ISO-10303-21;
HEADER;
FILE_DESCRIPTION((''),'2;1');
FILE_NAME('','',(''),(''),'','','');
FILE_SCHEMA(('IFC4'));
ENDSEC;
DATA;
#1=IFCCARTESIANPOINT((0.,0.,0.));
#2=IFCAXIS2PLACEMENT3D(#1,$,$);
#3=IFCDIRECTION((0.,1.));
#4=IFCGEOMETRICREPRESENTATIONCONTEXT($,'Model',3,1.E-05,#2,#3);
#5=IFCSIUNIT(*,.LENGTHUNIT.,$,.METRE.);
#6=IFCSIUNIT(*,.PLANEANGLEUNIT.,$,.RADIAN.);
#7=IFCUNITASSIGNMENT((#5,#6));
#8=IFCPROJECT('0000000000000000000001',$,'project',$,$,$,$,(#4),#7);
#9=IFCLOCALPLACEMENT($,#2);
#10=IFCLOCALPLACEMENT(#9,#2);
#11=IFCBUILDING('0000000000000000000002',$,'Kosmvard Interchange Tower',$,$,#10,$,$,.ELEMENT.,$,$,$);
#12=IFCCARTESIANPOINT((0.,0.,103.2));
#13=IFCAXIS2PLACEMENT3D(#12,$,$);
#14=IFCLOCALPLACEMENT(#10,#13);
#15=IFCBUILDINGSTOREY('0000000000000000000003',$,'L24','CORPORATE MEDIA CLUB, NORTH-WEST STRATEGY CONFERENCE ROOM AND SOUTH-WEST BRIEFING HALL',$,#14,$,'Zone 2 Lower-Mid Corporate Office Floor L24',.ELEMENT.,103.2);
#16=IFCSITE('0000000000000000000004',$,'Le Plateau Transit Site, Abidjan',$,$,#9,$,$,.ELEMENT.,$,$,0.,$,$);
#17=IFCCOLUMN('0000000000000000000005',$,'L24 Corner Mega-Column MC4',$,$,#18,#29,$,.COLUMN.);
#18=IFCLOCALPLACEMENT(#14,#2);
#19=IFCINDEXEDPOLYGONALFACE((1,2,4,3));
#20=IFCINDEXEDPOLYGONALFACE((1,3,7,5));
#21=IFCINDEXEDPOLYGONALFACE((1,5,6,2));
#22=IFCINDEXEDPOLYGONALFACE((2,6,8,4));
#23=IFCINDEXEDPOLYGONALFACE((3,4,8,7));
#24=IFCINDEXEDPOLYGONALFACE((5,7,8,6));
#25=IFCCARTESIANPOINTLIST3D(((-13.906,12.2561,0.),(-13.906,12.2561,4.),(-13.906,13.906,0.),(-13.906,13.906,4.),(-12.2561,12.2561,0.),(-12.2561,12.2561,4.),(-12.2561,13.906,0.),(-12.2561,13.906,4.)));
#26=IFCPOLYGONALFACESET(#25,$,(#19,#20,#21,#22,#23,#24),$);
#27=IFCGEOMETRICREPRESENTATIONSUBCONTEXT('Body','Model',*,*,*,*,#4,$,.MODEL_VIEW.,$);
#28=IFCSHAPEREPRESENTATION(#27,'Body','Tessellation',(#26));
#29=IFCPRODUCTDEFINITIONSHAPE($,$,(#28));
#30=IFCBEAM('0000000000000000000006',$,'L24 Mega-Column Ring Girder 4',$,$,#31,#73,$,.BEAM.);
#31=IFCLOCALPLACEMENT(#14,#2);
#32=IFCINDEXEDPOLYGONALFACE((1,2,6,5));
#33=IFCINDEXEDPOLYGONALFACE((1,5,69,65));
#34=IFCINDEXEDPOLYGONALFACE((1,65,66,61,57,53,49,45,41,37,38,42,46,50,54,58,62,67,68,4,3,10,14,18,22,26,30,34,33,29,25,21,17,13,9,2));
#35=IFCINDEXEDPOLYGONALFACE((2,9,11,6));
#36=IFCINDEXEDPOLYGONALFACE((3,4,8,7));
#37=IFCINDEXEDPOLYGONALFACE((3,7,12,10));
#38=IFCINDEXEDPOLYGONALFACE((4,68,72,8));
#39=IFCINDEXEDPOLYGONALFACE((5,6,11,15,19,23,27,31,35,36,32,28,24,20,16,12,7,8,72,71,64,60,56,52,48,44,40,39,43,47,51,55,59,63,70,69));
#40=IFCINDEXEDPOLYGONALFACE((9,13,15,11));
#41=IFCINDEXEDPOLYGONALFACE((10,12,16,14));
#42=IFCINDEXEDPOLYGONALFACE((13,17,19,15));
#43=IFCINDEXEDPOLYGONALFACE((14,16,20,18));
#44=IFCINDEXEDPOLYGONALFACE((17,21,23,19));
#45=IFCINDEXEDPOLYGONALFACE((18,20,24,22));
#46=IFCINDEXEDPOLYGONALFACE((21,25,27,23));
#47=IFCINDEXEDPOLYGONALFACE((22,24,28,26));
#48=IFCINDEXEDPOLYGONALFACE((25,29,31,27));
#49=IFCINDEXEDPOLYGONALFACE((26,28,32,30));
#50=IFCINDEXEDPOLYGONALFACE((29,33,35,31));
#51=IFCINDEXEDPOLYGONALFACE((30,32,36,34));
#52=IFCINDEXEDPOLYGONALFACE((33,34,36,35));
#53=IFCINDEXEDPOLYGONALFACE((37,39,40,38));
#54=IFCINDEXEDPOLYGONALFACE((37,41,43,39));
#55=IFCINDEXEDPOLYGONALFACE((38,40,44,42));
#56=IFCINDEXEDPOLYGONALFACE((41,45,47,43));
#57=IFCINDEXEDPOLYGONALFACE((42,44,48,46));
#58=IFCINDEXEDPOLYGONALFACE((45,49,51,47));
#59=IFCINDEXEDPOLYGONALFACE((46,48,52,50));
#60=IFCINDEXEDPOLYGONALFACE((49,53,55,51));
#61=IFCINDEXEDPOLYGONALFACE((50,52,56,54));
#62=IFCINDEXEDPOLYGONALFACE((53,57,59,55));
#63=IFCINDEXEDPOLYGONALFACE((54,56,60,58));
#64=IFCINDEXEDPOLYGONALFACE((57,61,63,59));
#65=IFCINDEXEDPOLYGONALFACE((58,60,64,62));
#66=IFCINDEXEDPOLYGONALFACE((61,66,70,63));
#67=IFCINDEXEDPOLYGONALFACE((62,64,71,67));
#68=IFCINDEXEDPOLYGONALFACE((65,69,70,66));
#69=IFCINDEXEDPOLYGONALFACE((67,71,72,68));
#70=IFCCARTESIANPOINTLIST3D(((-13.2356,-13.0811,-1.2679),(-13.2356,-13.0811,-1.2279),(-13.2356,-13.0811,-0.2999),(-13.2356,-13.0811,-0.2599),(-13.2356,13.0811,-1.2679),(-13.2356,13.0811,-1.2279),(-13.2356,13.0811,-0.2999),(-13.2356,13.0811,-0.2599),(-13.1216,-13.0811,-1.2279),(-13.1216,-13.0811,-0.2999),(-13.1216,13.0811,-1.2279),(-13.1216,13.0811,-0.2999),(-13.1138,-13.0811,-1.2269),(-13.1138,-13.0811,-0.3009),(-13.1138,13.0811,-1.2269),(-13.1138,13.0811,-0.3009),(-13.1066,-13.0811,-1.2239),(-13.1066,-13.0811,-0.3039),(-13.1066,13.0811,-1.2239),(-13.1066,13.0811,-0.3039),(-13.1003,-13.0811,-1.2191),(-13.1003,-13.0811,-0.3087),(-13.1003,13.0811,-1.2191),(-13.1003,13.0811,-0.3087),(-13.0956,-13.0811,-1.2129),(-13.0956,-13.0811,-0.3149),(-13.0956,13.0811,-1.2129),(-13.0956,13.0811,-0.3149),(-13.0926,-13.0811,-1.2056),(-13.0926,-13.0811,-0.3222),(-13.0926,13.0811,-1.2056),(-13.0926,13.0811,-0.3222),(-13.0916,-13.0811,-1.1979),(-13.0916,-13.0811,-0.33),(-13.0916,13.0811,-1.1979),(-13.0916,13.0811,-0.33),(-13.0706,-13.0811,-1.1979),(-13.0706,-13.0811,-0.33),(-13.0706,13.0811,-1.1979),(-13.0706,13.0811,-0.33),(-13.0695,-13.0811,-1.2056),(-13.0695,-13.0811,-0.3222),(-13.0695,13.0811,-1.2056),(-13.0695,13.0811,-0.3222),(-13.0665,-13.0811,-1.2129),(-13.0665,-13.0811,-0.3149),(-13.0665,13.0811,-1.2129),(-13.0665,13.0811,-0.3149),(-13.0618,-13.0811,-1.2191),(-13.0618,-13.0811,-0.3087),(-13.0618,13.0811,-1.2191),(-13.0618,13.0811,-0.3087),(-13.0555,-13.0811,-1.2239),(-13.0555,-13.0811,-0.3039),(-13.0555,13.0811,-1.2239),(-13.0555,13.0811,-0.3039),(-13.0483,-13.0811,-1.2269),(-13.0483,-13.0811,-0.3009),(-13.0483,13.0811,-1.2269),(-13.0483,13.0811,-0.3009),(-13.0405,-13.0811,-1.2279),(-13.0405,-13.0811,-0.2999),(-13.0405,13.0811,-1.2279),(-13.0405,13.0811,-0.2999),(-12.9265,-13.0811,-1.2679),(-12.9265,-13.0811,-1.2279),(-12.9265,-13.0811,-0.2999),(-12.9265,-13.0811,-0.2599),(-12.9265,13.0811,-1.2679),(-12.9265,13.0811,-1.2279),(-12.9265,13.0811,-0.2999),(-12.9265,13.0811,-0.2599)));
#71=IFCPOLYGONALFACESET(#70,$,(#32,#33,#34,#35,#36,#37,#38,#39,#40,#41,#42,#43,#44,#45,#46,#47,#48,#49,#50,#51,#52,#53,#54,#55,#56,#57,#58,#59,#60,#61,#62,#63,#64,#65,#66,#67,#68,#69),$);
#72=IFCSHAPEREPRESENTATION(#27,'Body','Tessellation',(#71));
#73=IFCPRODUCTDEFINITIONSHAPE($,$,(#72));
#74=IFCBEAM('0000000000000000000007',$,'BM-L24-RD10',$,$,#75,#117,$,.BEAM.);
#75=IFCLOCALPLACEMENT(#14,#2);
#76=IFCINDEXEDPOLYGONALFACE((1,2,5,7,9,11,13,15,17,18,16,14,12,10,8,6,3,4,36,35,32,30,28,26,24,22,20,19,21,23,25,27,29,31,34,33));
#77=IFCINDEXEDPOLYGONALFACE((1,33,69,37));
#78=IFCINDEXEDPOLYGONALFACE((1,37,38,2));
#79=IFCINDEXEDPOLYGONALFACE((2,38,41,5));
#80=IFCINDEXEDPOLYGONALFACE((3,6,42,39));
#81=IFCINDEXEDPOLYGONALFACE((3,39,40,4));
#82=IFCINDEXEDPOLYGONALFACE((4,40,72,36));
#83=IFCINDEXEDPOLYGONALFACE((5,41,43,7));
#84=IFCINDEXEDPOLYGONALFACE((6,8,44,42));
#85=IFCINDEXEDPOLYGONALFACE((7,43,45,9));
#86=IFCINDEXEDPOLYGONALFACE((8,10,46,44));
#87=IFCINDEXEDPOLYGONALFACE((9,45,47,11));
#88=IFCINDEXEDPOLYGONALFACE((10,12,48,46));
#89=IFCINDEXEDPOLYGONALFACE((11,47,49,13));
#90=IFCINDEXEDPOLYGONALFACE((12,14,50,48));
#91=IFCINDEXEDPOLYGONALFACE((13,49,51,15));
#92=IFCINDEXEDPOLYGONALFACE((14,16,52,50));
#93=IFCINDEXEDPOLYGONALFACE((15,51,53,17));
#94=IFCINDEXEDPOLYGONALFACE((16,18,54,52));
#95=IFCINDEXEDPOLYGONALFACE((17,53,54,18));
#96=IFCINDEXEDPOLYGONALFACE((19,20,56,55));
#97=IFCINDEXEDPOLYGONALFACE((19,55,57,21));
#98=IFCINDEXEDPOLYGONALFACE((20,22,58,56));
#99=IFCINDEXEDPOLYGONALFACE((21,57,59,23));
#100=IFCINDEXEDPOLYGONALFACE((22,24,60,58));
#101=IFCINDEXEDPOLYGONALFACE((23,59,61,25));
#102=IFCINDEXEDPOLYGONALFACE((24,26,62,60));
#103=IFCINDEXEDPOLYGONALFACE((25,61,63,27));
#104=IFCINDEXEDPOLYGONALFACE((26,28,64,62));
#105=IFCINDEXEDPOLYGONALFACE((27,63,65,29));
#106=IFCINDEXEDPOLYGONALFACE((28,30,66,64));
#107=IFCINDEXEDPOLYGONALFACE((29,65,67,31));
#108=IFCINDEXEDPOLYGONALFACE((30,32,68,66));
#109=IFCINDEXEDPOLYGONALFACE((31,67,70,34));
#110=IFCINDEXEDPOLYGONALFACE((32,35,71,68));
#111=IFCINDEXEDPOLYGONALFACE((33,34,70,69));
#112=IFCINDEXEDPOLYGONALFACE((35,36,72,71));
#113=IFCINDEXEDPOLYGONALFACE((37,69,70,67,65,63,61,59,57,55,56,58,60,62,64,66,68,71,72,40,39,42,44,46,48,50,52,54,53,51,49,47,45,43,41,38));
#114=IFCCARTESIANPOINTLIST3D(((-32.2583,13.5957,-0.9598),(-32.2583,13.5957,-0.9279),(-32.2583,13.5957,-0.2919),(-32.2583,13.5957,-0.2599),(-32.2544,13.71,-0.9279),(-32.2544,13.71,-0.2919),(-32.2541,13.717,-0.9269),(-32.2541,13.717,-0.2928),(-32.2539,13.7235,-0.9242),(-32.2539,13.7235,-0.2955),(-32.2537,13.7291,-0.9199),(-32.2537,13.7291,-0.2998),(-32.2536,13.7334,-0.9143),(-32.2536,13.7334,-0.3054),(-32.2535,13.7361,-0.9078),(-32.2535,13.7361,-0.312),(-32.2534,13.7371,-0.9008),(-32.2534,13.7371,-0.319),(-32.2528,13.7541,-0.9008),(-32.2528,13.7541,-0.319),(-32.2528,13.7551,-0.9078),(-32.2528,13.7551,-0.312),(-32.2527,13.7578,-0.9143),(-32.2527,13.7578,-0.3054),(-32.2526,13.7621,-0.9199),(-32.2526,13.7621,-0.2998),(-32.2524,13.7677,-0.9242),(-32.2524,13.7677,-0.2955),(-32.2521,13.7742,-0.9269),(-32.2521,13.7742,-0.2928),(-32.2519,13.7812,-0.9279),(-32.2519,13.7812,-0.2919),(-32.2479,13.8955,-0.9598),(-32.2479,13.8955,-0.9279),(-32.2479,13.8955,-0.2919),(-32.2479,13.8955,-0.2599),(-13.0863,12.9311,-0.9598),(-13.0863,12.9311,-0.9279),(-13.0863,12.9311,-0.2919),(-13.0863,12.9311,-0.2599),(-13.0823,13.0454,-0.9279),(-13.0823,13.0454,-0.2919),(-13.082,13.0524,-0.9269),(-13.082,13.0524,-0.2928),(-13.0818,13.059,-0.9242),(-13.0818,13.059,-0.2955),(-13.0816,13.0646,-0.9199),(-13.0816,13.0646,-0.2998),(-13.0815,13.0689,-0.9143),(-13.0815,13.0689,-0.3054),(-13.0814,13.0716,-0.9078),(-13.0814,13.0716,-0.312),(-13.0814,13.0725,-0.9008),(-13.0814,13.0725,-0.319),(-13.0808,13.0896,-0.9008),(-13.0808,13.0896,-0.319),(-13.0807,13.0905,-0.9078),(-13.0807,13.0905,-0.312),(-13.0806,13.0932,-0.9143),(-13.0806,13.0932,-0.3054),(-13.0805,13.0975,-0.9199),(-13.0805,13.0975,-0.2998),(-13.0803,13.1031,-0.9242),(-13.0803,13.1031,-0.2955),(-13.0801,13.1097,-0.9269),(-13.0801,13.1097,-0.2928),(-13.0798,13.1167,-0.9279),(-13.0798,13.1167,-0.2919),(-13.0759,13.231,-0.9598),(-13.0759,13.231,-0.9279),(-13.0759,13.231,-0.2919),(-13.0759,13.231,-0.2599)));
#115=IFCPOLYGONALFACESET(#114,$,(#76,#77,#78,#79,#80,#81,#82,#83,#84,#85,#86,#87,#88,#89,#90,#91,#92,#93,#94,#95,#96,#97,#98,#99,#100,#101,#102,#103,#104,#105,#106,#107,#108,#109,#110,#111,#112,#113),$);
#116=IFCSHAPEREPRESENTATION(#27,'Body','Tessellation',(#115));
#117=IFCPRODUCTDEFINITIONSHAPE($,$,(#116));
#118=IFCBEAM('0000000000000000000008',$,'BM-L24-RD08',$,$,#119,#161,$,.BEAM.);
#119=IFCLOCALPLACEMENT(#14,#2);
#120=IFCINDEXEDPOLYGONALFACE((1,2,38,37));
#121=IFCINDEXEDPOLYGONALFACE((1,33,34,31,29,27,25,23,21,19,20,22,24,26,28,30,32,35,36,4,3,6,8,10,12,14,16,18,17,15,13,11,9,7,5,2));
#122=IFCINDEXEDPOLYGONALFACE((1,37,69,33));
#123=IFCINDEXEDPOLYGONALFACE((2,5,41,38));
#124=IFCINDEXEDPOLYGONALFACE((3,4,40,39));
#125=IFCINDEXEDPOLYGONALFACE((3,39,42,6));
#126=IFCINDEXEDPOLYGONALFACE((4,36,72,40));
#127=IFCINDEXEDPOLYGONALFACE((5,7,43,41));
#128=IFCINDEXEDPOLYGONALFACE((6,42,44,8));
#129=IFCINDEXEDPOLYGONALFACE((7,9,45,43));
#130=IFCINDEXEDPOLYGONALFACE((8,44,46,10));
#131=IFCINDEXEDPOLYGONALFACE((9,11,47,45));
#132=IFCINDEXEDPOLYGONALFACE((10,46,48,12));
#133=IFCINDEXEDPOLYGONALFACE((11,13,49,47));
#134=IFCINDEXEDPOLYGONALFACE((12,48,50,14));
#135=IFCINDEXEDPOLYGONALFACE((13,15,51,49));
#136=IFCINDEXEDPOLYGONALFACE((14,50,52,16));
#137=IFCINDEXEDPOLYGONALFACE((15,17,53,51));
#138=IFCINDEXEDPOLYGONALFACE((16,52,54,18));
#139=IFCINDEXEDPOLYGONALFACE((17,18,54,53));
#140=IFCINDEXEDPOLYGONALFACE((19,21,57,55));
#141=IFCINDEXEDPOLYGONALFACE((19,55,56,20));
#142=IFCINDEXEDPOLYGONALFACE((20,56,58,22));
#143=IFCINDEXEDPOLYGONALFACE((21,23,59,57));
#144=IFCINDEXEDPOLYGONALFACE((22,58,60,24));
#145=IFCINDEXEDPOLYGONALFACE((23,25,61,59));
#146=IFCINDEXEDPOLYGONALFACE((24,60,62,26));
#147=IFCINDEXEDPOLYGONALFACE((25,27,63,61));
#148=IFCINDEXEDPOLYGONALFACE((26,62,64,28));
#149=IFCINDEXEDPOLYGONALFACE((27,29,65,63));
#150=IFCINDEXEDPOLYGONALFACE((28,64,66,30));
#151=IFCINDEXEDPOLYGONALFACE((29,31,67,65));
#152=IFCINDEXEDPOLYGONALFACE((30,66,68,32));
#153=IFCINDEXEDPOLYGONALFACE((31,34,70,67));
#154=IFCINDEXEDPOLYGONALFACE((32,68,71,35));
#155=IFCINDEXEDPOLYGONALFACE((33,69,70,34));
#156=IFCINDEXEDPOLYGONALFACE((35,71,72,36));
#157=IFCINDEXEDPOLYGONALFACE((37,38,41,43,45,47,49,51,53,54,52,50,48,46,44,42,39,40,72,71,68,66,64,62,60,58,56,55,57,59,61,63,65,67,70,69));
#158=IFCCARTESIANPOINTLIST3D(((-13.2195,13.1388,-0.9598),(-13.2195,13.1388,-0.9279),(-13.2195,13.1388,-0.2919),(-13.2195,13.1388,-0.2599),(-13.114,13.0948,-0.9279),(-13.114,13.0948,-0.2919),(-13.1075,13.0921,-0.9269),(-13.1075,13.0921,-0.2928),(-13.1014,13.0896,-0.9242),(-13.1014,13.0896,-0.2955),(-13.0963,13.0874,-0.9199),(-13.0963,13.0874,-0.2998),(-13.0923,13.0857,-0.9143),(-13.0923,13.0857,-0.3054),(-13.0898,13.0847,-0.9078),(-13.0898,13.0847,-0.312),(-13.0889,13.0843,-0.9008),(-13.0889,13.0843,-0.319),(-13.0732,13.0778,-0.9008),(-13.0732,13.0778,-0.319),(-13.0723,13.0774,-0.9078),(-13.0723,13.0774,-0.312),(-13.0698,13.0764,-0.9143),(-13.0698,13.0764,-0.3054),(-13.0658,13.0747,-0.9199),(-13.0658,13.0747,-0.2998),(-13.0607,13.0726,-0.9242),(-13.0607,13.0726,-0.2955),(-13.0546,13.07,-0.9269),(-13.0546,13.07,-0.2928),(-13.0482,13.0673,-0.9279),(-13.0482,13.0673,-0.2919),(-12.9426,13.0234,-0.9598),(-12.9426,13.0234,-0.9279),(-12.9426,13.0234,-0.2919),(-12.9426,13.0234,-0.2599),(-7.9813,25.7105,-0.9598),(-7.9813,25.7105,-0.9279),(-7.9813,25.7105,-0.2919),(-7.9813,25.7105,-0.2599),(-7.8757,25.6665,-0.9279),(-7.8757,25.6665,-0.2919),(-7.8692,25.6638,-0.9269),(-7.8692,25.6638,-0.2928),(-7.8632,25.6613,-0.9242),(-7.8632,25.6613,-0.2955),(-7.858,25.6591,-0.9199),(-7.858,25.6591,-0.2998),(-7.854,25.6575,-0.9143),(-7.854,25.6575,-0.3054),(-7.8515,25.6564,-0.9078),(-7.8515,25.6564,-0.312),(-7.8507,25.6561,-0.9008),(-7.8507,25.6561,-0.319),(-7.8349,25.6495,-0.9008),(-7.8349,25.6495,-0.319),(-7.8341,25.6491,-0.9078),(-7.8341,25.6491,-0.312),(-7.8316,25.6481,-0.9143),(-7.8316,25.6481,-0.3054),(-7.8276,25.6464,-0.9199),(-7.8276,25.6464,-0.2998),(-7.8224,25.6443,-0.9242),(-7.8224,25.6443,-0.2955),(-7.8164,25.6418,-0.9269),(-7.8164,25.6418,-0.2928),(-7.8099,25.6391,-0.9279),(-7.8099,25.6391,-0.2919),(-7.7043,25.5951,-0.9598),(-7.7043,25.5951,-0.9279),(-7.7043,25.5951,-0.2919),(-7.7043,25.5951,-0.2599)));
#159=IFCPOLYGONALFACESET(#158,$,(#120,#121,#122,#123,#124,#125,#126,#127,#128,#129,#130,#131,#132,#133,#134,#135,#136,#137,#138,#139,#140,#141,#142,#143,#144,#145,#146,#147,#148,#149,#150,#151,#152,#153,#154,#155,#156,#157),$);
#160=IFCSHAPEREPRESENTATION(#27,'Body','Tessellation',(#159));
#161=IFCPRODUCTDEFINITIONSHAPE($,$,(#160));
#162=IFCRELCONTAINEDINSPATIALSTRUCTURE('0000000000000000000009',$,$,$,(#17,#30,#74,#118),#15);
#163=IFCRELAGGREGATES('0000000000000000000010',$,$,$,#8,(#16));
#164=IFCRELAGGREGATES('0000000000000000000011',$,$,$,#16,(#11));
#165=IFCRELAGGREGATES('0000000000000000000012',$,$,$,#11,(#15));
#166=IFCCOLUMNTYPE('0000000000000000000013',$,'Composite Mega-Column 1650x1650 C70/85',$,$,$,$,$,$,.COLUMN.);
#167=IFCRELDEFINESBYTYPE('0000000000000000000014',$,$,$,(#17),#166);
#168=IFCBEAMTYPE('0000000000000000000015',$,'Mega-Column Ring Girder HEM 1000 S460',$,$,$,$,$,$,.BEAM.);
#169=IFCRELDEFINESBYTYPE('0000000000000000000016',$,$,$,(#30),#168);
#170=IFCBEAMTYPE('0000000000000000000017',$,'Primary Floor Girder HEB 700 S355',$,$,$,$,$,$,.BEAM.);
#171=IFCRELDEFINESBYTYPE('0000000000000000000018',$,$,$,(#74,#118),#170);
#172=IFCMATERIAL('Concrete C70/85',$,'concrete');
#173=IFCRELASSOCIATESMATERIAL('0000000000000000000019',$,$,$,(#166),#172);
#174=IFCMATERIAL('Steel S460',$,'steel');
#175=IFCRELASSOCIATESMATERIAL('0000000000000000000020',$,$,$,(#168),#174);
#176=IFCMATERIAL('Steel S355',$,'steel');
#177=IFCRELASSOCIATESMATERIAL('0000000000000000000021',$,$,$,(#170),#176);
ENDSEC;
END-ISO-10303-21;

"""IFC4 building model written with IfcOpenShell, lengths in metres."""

from ifc_helpers import new_model, si_unit, direction, frame, origin, origin_2d, place, context, subcontext, project, spatial, rectangle, i_section, extrude, source, transform, mapped, material, material_profile, profile_set, type_object, element, save


model = new_model("IFC4")

# Units and contexts
model_context = context("Model", 3, precision=1e-05, world=origin(), true_north=direction((0.0, 1.0)))
body_context = subcontext(model_context, "Body", "Model", "MODEL_VIEW")
ifc_project = project(units=[si_unit("LENGTHUNIT", "METRE"), si_unit("PLANEANGLEUNIT", "RADIAN")], contexts=[model_context])

# Site, building, storey
site_placement = place(None, origin())
site = spatial("IfcSite", under=ifc_project, at=site_placement, Name="Le Plateau Transit Site, Abidjan", CompositionType="ELEMENT", RefElevation=0.0)
building_placement = place(site_placement, origin())
building = spatial("IfcBuilding", under=site, at=building_placement, Name="Kosmvard Interchange Tower", CompositionType="ELEMENT")
storey_placement = place(building_placement, frame((0.0, 0.0, 103.2)))
storey = spatial("IfcBuildingStorey", under=building, at=storey_placement, Name="L24", Description="CORPORATE MEDIA CLUB, NORTH-WEST STRATEGY CONFERENCE ROOM AND SOUTH-WEST BRIEFING HALL", LongName="Zone 2 Lower-Mid Corporate Office Floor L24", CompositionType="ELEMENT", Elevation=103.2)

# Column
ifc_material_1 = material(Name="Concrete C70/85", Category="concrete")
ifc_material_profile_1 = material_profile(ifc_material_1, rectangle(XDim=1.6499, YDim=1.6499, at=origin_2d()), Name="MC 1650x1650")
ifc_profile_set_1 = profile_set([ifc_material_profile_1], Name="Concrete C70/85")
column_type = type_object("IfcColumnType", Name="Composite Mega-Column 1650x1650 C70/85", PredefinedType="COLUMN", material=ifc_profile_set_1)
shared_shape_1 = source(origin(), body_context, "Body", "SweptSolid", [
    extrude(rectangle(XDim=1.6499, YDim=1.6499, at=origin_2d()), origin(), (0.0, 0.0, 1.0), 4.0),
])
column_placement = place(storey_placement, frame((-13.0811, 13.0811, 0.0), z_axis=(0.0, 0.0, 1.0), x_axis=(1.0, 0.0, 0.0)))
element("IfcColumn", 1, at=column_placement, inside=storey, type_object=column_type, Name="L24 Corner Mega-Column MC4", PredefinedType="COLUMN", context=body_context, shape_type="MappedRepresentation", body=[
    mapped(shared_shape_1, transform((0.0, 0.0, 0.0), scale=1.0)),
])

# Beams
ifc_material_2 = material(Name="Steel S460", Category="steel")
ifc_material_profile_2 = material_profile(ifc_material_2, i_section(OverallWidth=0.3091, OverallDepth=1.0081, WebThickness=0.021, FlangeThickness=0.04, FilletRadius=0.03, at=origin_2d()), Name="HEM 1000")
ifc_profile_set_2 = profile_set([ifc_material_profile_2], Name="Steel S460")
beam_type_1 = type_object("IfcBeamType", Name="Mega-Column Ring Girder HEM 1000 S460", PredefinedType="BEAM", material=ifc_profile_set_2)
shared_shape_2 = source(origin(), body_context, "Body", "SweptSolid", [
    extrude(i_section(OverallWidth=0.3091, OverallDepth=1.0081, WebThickness=0.021, FlangeThickness=0.04, FilletRadius=0.03, at=origin_2d()), origin(), (0.0, 0.0, 1.0), 26.1621),
])
beam_1_placement = place(storey_placement, frame((-13.0811, 13.0811, -0.7639), z_axis=(0.0, -1.0, 0.0), x_axis=(1.0, 0.0, 0.0)))
element("IfcBeam", 2, at=beam_1_placement, inside=storey, type_object=beam_type_1, Name="L24 Mega-Column Ring Girder 4", PredefinedType="BEAM", context=body_context, shape_type="MappedRepresentation", body=[
    mapped(shared_shape_2, transform((0.0, 0.0, 0.0), scale=1.0)),
])
ifc_material_3 = material(Name="Steel S355", Category="steel")
ifc_material_profile_3 = material_profile(ifc_material_3, i_section(OverallWidth=0.3, OverallDepth=0.7, WebThickness=0.0171, FlangeThickness=0.032, FilletRadius=0.0271, at=origin_2d()), Name="HEB 700")
ifc_profile_set_3 = profile_set([ifc_material_profile_3], Name="Steel S355")
beam_type_2 = type_object("IfcBeamType", Name="Primary Floor Girder HEB 700 S355", PredefinedType="BEAM", material=ifc_profile_set_3)
shared_shape_3 = source(origin(), body_context, "Body", "SweptSolid", [
    extrude(i_section(OverallWidth=0.3, OverallDepth=0.7, WebThickness=0.0171, FlangeThickness=0.032, FilletRadius=0.0271, at=origin_2d()), origin(), (0.0, 0.0, 1.0), 19.1836),
])
beam_2_placement = place(storey_placement, frame((-13.0811, 13.0811, -0.6099), z_axis=(-0.9994, 0.034642, 0.0), x_axis=(-0.034642, -0.9994, 0.0)))
element("IfcBeam", 3, at=beam_2_placement, inside=storey, type_object=beam_type_2, Name="BM-L24-RD10", PredefinedType="BEAM", context=body_context, shape_type="MappedRepresentation", body=[
    mapped(shared_shape_3, transform((0.0, 0.0, 0.0), scale=1.0)),
])
shared_shape_4 = source(origin(), body_context, "Body", "SweptSolid", [
    extrude(i_section(OverallWidth=0.3, OverallDepth=0.7, WebThickness=0.0171, FlangeThickness=0.032, FilletRadius=0.0271, at=origin_2d()), origin(), (0.0, 0.0, 1.0), 13.6194),
])
beam_3_placement = place(storey_placement, frame((-13.0811, 13.0811, -0.6099), z_axis=(0.384618, 0.923076, 0.0), x_axis=(-0.923076, 0.384618, 0.0)))
element("IfcBeam", 4, at=beam_3_placement, inside=storey, type_object=beam_type_2, Name="BM-L24-RD08", PredefinedType="BEAM", context=body_context, shape_type="MappedRepresentation", body=[
    mapped(shared_shape_4, transform((0.0, 0.0, 0.0), scale=1.0)),
])

save(model, "model.ifc")
